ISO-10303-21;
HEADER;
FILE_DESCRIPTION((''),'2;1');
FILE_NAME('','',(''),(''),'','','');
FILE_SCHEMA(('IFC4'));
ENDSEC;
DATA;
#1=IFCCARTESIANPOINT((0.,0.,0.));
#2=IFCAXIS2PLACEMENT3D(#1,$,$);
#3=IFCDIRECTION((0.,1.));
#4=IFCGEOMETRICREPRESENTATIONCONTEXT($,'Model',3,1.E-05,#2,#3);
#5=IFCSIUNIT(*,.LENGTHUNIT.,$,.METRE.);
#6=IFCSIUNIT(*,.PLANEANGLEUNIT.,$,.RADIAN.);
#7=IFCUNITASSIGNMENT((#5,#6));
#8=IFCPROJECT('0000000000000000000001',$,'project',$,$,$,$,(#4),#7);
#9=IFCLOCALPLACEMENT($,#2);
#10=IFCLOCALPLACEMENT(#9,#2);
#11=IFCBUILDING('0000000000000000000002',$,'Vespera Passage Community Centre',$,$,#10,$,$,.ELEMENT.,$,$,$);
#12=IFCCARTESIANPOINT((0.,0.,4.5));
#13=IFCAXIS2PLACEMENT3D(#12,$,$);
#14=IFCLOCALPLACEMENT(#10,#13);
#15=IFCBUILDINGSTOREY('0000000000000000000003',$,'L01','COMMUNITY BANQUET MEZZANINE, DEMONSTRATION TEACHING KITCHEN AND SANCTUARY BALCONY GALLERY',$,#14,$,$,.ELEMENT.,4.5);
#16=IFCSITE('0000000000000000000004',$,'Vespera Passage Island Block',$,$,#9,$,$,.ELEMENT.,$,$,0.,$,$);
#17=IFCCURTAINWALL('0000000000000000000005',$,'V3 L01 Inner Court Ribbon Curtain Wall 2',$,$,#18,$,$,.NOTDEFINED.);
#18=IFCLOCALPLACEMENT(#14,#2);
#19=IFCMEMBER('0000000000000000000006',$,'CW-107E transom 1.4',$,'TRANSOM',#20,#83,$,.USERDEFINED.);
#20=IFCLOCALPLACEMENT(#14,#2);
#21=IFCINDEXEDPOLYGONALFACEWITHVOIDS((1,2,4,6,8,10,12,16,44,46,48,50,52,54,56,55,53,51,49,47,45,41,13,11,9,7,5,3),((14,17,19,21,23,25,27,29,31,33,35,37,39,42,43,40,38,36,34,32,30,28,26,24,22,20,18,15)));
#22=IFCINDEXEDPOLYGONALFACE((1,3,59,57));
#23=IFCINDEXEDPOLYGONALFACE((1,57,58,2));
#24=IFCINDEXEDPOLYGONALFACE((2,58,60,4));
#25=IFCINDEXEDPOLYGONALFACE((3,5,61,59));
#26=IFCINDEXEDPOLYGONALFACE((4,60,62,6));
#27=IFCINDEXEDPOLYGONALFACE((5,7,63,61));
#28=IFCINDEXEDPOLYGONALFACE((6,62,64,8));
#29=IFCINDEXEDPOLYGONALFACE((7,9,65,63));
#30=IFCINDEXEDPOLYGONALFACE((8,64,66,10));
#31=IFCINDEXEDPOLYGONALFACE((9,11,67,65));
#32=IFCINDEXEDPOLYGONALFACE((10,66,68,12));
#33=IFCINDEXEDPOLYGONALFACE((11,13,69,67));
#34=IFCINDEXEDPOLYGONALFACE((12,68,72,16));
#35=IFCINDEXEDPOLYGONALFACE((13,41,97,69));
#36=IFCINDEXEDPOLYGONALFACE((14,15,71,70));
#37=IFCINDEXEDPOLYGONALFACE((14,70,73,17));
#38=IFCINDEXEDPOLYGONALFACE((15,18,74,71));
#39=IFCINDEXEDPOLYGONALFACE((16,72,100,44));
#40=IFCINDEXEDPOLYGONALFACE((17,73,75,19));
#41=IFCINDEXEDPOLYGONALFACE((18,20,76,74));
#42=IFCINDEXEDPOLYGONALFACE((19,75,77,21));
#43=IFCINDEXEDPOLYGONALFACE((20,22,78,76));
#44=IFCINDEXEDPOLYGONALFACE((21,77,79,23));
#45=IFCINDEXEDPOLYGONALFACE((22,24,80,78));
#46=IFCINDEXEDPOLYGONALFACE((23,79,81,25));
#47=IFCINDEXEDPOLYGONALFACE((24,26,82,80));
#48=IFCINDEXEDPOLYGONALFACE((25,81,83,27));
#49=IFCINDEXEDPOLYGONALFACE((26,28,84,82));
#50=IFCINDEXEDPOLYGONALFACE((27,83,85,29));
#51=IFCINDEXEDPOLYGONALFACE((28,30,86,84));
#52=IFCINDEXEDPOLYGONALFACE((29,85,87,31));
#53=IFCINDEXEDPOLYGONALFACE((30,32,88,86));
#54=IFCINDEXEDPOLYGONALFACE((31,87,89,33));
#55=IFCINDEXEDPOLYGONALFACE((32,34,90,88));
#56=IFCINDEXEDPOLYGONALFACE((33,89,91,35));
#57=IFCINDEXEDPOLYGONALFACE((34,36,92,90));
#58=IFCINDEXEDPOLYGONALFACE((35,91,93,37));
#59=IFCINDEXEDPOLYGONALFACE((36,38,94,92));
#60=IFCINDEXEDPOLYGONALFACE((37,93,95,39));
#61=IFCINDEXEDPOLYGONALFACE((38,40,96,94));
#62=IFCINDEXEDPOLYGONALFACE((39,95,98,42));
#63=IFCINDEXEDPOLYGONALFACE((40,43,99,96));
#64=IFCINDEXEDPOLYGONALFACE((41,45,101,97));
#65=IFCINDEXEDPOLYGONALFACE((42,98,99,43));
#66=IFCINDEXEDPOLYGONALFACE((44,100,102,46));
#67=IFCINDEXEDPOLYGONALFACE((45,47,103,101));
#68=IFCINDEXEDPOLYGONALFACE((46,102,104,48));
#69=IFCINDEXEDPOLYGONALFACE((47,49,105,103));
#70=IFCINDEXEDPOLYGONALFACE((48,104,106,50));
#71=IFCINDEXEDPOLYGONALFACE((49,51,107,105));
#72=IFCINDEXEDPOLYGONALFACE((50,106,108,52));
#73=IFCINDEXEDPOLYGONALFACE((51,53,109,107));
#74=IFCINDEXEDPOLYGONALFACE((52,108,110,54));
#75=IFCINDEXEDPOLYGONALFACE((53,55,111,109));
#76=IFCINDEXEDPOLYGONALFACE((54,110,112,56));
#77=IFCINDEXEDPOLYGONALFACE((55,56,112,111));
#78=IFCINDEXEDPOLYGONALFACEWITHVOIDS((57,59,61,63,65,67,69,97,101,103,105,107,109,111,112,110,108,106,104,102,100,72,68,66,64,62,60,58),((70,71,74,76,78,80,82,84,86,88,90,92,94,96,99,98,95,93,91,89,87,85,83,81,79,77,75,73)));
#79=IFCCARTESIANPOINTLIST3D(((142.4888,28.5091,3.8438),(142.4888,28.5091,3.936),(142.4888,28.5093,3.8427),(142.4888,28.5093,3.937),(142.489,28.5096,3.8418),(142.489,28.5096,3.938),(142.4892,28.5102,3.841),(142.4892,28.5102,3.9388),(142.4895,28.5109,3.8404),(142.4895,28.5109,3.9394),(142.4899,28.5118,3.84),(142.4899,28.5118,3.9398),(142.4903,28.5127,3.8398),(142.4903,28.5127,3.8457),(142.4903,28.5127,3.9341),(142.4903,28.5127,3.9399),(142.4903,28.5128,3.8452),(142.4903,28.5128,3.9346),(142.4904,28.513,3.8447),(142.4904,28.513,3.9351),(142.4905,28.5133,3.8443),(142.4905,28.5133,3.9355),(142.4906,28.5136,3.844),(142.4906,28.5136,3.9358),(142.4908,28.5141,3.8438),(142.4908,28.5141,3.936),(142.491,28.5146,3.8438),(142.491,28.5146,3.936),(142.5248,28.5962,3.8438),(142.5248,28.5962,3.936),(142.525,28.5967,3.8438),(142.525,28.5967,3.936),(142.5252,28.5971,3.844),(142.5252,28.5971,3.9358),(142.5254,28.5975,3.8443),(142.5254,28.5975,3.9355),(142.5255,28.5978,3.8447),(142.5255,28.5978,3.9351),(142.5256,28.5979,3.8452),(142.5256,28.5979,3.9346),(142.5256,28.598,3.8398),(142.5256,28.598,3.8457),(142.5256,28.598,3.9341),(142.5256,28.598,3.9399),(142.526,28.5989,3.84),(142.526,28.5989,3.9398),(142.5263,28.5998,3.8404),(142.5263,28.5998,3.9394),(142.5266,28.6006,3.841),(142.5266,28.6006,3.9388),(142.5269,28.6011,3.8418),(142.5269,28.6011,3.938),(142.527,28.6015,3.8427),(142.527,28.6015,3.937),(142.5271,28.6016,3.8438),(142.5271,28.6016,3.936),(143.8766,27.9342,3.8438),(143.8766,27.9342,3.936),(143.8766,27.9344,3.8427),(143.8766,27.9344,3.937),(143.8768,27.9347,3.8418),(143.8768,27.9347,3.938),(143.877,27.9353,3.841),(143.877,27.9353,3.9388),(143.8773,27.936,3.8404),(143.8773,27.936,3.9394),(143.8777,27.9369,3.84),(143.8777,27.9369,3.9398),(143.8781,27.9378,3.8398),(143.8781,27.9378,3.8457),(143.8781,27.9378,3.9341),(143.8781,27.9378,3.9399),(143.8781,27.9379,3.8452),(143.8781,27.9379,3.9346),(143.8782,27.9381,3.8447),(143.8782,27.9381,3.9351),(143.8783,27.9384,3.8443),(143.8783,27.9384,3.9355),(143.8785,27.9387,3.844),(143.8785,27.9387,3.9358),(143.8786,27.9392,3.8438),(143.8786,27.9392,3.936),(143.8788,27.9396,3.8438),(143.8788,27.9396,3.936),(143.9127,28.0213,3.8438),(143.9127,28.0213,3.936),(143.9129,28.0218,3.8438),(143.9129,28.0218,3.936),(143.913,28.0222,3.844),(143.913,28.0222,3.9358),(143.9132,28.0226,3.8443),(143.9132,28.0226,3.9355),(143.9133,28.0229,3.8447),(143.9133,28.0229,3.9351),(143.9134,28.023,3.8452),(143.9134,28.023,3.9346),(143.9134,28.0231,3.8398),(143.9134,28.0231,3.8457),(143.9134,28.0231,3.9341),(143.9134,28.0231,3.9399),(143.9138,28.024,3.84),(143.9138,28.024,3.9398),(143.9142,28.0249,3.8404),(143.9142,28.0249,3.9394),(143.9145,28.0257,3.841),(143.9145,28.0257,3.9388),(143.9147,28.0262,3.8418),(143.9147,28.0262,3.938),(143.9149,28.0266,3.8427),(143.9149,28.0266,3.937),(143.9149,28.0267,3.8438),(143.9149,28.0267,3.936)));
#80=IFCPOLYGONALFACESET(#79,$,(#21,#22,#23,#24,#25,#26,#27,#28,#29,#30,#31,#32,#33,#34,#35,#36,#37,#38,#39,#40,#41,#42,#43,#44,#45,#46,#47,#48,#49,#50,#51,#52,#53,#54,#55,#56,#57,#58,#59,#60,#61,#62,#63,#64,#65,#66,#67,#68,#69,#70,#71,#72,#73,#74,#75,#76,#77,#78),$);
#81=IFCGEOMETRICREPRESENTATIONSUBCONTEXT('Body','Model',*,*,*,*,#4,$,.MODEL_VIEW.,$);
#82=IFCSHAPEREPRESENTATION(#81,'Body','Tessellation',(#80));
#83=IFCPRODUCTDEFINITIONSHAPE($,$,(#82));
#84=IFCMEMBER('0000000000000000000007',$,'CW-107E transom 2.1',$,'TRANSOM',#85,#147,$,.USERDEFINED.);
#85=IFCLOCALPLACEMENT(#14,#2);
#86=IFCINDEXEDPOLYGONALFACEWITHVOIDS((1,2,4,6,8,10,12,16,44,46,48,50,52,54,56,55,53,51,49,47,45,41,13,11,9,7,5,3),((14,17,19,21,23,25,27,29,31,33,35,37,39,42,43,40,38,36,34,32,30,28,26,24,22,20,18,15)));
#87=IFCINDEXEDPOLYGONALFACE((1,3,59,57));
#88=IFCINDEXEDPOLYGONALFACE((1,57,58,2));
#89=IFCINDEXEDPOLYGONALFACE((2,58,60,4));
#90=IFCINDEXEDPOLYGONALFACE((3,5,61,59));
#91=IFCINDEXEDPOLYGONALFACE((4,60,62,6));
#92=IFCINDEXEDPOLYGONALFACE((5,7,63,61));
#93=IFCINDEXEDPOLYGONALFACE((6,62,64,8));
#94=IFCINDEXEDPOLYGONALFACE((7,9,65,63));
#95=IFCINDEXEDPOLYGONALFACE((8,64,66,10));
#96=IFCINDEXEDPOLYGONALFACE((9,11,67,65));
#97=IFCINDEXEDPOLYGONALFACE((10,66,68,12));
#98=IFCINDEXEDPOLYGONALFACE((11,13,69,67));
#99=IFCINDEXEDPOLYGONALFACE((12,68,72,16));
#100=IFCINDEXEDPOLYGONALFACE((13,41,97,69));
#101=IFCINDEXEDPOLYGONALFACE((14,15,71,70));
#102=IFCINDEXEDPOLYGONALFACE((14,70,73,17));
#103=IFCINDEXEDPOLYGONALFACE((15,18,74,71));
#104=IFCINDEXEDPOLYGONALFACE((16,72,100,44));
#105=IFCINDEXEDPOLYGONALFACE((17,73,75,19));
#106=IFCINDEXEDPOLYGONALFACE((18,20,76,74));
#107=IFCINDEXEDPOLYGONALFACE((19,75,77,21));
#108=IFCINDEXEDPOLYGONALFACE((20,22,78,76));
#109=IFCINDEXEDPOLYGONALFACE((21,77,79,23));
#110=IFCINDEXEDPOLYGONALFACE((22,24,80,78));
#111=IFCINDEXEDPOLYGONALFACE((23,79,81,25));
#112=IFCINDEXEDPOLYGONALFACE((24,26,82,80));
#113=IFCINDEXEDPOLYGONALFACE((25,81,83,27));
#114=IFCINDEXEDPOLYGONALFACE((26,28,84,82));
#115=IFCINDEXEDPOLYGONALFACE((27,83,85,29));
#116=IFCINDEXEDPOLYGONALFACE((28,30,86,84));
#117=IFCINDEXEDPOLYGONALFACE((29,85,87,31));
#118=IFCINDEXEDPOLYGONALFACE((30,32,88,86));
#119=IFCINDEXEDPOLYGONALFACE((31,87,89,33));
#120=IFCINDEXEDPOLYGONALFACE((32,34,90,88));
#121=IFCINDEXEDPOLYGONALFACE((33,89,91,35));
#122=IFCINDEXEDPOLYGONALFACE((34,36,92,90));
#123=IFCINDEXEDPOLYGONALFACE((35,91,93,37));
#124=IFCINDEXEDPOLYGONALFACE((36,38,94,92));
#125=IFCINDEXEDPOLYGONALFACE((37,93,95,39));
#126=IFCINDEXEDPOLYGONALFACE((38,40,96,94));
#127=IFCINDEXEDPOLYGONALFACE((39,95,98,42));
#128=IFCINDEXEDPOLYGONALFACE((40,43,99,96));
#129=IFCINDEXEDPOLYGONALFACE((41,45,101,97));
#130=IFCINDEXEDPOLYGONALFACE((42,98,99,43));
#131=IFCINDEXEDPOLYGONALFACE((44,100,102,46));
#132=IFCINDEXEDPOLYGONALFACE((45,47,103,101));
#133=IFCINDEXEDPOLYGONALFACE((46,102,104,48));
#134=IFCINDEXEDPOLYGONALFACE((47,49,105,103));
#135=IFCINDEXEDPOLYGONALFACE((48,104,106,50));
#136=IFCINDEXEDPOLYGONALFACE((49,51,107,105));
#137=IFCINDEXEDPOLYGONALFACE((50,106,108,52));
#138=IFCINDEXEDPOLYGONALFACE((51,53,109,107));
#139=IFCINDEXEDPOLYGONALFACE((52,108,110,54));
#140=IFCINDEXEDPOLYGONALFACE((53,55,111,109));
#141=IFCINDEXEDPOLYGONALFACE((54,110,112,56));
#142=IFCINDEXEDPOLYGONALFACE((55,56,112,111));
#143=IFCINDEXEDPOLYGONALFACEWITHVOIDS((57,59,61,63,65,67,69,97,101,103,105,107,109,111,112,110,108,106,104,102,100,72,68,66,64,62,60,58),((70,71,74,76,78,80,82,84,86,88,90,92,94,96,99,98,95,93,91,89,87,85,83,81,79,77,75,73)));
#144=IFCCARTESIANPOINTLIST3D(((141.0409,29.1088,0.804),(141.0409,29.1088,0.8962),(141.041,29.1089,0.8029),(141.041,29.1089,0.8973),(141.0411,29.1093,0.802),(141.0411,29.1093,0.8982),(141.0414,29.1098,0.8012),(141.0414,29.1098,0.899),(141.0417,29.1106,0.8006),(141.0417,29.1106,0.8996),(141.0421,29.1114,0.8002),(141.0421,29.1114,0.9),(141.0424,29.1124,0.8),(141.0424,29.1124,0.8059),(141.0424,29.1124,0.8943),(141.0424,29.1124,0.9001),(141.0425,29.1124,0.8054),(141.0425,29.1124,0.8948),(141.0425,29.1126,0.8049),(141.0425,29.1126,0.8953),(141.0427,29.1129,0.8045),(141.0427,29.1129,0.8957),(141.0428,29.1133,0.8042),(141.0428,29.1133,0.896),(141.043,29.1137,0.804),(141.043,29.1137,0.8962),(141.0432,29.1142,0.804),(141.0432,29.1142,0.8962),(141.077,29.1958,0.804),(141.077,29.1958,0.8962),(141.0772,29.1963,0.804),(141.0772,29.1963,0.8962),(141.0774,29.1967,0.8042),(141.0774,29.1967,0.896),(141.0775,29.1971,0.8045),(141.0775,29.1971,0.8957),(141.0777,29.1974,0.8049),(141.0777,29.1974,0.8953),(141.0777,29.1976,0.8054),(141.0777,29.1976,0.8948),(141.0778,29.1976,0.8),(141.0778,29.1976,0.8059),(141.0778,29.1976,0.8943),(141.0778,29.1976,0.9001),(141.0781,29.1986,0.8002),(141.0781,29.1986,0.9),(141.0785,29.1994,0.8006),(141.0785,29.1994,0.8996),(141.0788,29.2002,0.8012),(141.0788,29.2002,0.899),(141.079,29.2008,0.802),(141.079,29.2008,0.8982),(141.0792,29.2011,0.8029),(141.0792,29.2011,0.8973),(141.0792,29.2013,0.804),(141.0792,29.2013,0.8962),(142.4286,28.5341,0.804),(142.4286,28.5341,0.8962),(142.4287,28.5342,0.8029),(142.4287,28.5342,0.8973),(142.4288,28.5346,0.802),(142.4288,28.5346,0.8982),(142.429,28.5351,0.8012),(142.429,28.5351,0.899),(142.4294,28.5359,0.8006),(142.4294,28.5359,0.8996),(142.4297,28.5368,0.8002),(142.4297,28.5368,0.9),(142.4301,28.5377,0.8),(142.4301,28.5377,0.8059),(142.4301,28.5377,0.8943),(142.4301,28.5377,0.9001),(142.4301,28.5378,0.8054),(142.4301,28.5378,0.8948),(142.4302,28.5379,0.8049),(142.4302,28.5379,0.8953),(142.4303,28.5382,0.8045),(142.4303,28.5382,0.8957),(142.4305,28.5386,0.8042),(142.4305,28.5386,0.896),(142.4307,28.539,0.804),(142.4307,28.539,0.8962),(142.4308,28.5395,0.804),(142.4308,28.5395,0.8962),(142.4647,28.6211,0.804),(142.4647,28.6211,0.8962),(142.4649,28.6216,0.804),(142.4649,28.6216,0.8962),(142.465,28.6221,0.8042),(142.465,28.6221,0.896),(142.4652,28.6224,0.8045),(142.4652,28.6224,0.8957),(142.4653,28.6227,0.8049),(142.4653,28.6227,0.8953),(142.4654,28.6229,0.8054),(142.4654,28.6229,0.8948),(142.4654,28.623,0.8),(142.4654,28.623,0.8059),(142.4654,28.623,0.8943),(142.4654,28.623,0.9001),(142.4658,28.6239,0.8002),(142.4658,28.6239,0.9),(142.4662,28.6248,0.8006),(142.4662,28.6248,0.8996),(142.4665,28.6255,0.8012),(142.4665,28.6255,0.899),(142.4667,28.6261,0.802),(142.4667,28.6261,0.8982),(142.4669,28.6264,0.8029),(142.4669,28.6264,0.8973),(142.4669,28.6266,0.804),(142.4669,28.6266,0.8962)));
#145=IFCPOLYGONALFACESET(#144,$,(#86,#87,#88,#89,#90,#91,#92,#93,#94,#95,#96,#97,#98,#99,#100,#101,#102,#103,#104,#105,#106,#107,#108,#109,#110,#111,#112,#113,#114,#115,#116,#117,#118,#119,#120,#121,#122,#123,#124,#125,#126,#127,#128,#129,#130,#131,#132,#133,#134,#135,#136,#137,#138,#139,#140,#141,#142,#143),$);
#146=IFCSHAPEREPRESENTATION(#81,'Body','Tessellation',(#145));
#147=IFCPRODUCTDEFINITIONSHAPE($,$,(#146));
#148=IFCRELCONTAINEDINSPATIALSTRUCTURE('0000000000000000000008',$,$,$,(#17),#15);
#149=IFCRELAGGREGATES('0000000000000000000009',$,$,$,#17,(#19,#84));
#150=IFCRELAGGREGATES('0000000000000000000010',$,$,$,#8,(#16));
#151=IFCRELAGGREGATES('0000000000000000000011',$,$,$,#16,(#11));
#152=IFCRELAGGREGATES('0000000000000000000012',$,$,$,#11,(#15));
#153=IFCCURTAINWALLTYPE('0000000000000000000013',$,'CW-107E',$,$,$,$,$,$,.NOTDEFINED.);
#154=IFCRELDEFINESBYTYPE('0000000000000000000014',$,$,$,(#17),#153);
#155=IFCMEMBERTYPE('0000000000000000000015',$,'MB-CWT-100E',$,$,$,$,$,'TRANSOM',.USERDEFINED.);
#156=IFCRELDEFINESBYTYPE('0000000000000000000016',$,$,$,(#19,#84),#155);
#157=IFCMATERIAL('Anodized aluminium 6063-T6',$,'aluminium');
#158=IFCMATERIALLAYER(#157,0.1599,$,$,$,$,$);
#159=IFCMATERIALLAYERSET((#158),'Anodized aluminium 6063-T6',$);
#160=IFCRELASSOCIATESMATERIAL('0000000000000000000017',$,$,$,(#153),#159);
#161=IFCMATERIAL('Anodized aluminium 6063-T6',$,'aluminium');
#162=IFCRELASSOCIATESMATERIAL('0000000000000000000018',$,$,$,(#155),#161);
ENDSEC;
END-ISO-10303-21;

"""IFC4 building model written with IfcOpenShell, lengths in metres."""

from ifc_helpers import new_model, si_unit, direction, frame, origin, origin_2d, place, context, subcontext, project, spatial, hollow_rectangle, extrude, material, layer, layer_set, material_profile, profile_set, type_object, element, aggregate, save


model = new_model("IFC4")

# Units and contexts
model_context = context("Model", 3, precision=1e-05, world=origin(), true_north=direction((0.0, 1.0)))
body_context = subcontext(model_context, "Body", "Model", "MODEL_VIEW")
ifc_project = project(units=[si_unit("LENGTHUNIT", "METRE"), si_unit("PLANEANGLEUNIT", "RADIAN")], contexts=[model_context])

# Site, building, storey
site_placement = place(None, origin())
site = spatial("IfcSite", under=ifc_project, at=site_placement, Name="Vespera Passage Island Block", CompositionType="ELEMENT", RefElevation=0.0)
building_placement = place(site_placement, origin())
building = spatial("IfcBuilding", under=site, at=building_placement, Name="Vespera Passage Community Centre", CompositionType="ELEMENT")
storey_placement = place(building_placement, frame((0.0, 0.0, 4.5)))
storey = spatial("IfcBuildingStorey", under=building, at=storey_placement, Name="L01", Description="COMMUNITY BANQUET MEZZANINE, DEMONSTRATION TEACHING KITCHEN AND SANCTUARY BALCONY GALLERY", CompositionType="ELEMENT", Elevation=4.5)

# Shared definitions
ifc_material_1 = material(Name="Anodized aluminium 6063-T6", Category="aluminium")
ifc_layer_1 = layer(ifc_material_1, 0.1599)
ifc_layer_set_1 = layer_set([ifc_layer_1], Name="Anodized aluminium 6063-T6")
curtain_wall_type = type_object("IfcCurtainWallType", Name="CW-107E", PredefinedType="NOTDEFINED", material=ifc_layer_set_1)

# Curtain wall
curtain_wall_1_placement = place(storey_placement, origin())
curtain_wall_1 = element("IfcCurtainWall", 1, at=curtain_wall_1_placement, inside=storey, type_object=curtain_wall_type, Name="V3 L01 Inner Court Ribbon Curtain Wall 2", PredefinedType="NOTDEFINED")

# Members
ifc_material_2 = material(Name="Anodized aluminium 6063-T6", Category="aluminium")
ifc_material_profile_1 = material_profile(ifc_material_2, hollow_rectangle(XDim=0.1001, YDim=0.1001, WallThickness=0.0039, InnerFilletRadius=0.002, OuterFilletRadius=0.0039, at=origin_2d()), Name="ALU100X100X4")
ifc_profile_set_1 = profile_set([ifc_material_profile_1], Name="Anodized aluminium 6063-T6")
member_type_1 = type_object("IfcMemberType", Name="MB-CWT-100E", ElementType="TRANSOM", PredefinedType="USERDEFINED", material=ifc_profile_set_1)
member_1_placement = place(storey_placement, frame((143.8958, 27.9805, 3.8899), z_axis=(-0.923868, 0.382711, 0.0), x_axis=(-0.382711, -0.923868, 0.0)))
member_1 = element("IfcMember", 2, at=member_1_placement, type_object=member_type_1, Name="CW-107E transom 1.4", ObjectType="TRANSOM", PredefinedType="USERDEFINED", context=body_context, shape_type="SweptSolid", body=[
    extrude(hollow_rectangle(XDim=0.1001, YDim=0.1001, WallThickness=0.0039, InnerFilletRadius=0.002, OuterFilletRadius=0.0039, at=origin_2d()), origin(), (0.0, 0.0, 1.0), 1.5022),
])
member_2_placement = place(storey_placement, frame((142.4478, 28.5803, 0.8501), z_axis=(-0.923902, 0.382629, 0.0), x_axis=(-0.382629, -0.923902, 0.0)))
member_2 = element("IfcMember", 3, at=member_2_placement, type_object=member_type_1, Name="CW-107E transom 2.1", ObjectType="TRANSOM", PredefinedType="USERDEFINED", context=body_context, shape_type="SweptSolid", body=[
    extrude(hollow_rectangle(XDim=0.1001, YDim=0.1001, WallThickness=0.0039, InnerFilletRadius=0.002, OuterFilletRadius=0.0039, at=origin_2d()), origin(), (0.0, 0.0, 1.0), 1.502),
])

aggregate(curtain_wall_1, [member_1, member_2])

save(model, "model.ifc")
